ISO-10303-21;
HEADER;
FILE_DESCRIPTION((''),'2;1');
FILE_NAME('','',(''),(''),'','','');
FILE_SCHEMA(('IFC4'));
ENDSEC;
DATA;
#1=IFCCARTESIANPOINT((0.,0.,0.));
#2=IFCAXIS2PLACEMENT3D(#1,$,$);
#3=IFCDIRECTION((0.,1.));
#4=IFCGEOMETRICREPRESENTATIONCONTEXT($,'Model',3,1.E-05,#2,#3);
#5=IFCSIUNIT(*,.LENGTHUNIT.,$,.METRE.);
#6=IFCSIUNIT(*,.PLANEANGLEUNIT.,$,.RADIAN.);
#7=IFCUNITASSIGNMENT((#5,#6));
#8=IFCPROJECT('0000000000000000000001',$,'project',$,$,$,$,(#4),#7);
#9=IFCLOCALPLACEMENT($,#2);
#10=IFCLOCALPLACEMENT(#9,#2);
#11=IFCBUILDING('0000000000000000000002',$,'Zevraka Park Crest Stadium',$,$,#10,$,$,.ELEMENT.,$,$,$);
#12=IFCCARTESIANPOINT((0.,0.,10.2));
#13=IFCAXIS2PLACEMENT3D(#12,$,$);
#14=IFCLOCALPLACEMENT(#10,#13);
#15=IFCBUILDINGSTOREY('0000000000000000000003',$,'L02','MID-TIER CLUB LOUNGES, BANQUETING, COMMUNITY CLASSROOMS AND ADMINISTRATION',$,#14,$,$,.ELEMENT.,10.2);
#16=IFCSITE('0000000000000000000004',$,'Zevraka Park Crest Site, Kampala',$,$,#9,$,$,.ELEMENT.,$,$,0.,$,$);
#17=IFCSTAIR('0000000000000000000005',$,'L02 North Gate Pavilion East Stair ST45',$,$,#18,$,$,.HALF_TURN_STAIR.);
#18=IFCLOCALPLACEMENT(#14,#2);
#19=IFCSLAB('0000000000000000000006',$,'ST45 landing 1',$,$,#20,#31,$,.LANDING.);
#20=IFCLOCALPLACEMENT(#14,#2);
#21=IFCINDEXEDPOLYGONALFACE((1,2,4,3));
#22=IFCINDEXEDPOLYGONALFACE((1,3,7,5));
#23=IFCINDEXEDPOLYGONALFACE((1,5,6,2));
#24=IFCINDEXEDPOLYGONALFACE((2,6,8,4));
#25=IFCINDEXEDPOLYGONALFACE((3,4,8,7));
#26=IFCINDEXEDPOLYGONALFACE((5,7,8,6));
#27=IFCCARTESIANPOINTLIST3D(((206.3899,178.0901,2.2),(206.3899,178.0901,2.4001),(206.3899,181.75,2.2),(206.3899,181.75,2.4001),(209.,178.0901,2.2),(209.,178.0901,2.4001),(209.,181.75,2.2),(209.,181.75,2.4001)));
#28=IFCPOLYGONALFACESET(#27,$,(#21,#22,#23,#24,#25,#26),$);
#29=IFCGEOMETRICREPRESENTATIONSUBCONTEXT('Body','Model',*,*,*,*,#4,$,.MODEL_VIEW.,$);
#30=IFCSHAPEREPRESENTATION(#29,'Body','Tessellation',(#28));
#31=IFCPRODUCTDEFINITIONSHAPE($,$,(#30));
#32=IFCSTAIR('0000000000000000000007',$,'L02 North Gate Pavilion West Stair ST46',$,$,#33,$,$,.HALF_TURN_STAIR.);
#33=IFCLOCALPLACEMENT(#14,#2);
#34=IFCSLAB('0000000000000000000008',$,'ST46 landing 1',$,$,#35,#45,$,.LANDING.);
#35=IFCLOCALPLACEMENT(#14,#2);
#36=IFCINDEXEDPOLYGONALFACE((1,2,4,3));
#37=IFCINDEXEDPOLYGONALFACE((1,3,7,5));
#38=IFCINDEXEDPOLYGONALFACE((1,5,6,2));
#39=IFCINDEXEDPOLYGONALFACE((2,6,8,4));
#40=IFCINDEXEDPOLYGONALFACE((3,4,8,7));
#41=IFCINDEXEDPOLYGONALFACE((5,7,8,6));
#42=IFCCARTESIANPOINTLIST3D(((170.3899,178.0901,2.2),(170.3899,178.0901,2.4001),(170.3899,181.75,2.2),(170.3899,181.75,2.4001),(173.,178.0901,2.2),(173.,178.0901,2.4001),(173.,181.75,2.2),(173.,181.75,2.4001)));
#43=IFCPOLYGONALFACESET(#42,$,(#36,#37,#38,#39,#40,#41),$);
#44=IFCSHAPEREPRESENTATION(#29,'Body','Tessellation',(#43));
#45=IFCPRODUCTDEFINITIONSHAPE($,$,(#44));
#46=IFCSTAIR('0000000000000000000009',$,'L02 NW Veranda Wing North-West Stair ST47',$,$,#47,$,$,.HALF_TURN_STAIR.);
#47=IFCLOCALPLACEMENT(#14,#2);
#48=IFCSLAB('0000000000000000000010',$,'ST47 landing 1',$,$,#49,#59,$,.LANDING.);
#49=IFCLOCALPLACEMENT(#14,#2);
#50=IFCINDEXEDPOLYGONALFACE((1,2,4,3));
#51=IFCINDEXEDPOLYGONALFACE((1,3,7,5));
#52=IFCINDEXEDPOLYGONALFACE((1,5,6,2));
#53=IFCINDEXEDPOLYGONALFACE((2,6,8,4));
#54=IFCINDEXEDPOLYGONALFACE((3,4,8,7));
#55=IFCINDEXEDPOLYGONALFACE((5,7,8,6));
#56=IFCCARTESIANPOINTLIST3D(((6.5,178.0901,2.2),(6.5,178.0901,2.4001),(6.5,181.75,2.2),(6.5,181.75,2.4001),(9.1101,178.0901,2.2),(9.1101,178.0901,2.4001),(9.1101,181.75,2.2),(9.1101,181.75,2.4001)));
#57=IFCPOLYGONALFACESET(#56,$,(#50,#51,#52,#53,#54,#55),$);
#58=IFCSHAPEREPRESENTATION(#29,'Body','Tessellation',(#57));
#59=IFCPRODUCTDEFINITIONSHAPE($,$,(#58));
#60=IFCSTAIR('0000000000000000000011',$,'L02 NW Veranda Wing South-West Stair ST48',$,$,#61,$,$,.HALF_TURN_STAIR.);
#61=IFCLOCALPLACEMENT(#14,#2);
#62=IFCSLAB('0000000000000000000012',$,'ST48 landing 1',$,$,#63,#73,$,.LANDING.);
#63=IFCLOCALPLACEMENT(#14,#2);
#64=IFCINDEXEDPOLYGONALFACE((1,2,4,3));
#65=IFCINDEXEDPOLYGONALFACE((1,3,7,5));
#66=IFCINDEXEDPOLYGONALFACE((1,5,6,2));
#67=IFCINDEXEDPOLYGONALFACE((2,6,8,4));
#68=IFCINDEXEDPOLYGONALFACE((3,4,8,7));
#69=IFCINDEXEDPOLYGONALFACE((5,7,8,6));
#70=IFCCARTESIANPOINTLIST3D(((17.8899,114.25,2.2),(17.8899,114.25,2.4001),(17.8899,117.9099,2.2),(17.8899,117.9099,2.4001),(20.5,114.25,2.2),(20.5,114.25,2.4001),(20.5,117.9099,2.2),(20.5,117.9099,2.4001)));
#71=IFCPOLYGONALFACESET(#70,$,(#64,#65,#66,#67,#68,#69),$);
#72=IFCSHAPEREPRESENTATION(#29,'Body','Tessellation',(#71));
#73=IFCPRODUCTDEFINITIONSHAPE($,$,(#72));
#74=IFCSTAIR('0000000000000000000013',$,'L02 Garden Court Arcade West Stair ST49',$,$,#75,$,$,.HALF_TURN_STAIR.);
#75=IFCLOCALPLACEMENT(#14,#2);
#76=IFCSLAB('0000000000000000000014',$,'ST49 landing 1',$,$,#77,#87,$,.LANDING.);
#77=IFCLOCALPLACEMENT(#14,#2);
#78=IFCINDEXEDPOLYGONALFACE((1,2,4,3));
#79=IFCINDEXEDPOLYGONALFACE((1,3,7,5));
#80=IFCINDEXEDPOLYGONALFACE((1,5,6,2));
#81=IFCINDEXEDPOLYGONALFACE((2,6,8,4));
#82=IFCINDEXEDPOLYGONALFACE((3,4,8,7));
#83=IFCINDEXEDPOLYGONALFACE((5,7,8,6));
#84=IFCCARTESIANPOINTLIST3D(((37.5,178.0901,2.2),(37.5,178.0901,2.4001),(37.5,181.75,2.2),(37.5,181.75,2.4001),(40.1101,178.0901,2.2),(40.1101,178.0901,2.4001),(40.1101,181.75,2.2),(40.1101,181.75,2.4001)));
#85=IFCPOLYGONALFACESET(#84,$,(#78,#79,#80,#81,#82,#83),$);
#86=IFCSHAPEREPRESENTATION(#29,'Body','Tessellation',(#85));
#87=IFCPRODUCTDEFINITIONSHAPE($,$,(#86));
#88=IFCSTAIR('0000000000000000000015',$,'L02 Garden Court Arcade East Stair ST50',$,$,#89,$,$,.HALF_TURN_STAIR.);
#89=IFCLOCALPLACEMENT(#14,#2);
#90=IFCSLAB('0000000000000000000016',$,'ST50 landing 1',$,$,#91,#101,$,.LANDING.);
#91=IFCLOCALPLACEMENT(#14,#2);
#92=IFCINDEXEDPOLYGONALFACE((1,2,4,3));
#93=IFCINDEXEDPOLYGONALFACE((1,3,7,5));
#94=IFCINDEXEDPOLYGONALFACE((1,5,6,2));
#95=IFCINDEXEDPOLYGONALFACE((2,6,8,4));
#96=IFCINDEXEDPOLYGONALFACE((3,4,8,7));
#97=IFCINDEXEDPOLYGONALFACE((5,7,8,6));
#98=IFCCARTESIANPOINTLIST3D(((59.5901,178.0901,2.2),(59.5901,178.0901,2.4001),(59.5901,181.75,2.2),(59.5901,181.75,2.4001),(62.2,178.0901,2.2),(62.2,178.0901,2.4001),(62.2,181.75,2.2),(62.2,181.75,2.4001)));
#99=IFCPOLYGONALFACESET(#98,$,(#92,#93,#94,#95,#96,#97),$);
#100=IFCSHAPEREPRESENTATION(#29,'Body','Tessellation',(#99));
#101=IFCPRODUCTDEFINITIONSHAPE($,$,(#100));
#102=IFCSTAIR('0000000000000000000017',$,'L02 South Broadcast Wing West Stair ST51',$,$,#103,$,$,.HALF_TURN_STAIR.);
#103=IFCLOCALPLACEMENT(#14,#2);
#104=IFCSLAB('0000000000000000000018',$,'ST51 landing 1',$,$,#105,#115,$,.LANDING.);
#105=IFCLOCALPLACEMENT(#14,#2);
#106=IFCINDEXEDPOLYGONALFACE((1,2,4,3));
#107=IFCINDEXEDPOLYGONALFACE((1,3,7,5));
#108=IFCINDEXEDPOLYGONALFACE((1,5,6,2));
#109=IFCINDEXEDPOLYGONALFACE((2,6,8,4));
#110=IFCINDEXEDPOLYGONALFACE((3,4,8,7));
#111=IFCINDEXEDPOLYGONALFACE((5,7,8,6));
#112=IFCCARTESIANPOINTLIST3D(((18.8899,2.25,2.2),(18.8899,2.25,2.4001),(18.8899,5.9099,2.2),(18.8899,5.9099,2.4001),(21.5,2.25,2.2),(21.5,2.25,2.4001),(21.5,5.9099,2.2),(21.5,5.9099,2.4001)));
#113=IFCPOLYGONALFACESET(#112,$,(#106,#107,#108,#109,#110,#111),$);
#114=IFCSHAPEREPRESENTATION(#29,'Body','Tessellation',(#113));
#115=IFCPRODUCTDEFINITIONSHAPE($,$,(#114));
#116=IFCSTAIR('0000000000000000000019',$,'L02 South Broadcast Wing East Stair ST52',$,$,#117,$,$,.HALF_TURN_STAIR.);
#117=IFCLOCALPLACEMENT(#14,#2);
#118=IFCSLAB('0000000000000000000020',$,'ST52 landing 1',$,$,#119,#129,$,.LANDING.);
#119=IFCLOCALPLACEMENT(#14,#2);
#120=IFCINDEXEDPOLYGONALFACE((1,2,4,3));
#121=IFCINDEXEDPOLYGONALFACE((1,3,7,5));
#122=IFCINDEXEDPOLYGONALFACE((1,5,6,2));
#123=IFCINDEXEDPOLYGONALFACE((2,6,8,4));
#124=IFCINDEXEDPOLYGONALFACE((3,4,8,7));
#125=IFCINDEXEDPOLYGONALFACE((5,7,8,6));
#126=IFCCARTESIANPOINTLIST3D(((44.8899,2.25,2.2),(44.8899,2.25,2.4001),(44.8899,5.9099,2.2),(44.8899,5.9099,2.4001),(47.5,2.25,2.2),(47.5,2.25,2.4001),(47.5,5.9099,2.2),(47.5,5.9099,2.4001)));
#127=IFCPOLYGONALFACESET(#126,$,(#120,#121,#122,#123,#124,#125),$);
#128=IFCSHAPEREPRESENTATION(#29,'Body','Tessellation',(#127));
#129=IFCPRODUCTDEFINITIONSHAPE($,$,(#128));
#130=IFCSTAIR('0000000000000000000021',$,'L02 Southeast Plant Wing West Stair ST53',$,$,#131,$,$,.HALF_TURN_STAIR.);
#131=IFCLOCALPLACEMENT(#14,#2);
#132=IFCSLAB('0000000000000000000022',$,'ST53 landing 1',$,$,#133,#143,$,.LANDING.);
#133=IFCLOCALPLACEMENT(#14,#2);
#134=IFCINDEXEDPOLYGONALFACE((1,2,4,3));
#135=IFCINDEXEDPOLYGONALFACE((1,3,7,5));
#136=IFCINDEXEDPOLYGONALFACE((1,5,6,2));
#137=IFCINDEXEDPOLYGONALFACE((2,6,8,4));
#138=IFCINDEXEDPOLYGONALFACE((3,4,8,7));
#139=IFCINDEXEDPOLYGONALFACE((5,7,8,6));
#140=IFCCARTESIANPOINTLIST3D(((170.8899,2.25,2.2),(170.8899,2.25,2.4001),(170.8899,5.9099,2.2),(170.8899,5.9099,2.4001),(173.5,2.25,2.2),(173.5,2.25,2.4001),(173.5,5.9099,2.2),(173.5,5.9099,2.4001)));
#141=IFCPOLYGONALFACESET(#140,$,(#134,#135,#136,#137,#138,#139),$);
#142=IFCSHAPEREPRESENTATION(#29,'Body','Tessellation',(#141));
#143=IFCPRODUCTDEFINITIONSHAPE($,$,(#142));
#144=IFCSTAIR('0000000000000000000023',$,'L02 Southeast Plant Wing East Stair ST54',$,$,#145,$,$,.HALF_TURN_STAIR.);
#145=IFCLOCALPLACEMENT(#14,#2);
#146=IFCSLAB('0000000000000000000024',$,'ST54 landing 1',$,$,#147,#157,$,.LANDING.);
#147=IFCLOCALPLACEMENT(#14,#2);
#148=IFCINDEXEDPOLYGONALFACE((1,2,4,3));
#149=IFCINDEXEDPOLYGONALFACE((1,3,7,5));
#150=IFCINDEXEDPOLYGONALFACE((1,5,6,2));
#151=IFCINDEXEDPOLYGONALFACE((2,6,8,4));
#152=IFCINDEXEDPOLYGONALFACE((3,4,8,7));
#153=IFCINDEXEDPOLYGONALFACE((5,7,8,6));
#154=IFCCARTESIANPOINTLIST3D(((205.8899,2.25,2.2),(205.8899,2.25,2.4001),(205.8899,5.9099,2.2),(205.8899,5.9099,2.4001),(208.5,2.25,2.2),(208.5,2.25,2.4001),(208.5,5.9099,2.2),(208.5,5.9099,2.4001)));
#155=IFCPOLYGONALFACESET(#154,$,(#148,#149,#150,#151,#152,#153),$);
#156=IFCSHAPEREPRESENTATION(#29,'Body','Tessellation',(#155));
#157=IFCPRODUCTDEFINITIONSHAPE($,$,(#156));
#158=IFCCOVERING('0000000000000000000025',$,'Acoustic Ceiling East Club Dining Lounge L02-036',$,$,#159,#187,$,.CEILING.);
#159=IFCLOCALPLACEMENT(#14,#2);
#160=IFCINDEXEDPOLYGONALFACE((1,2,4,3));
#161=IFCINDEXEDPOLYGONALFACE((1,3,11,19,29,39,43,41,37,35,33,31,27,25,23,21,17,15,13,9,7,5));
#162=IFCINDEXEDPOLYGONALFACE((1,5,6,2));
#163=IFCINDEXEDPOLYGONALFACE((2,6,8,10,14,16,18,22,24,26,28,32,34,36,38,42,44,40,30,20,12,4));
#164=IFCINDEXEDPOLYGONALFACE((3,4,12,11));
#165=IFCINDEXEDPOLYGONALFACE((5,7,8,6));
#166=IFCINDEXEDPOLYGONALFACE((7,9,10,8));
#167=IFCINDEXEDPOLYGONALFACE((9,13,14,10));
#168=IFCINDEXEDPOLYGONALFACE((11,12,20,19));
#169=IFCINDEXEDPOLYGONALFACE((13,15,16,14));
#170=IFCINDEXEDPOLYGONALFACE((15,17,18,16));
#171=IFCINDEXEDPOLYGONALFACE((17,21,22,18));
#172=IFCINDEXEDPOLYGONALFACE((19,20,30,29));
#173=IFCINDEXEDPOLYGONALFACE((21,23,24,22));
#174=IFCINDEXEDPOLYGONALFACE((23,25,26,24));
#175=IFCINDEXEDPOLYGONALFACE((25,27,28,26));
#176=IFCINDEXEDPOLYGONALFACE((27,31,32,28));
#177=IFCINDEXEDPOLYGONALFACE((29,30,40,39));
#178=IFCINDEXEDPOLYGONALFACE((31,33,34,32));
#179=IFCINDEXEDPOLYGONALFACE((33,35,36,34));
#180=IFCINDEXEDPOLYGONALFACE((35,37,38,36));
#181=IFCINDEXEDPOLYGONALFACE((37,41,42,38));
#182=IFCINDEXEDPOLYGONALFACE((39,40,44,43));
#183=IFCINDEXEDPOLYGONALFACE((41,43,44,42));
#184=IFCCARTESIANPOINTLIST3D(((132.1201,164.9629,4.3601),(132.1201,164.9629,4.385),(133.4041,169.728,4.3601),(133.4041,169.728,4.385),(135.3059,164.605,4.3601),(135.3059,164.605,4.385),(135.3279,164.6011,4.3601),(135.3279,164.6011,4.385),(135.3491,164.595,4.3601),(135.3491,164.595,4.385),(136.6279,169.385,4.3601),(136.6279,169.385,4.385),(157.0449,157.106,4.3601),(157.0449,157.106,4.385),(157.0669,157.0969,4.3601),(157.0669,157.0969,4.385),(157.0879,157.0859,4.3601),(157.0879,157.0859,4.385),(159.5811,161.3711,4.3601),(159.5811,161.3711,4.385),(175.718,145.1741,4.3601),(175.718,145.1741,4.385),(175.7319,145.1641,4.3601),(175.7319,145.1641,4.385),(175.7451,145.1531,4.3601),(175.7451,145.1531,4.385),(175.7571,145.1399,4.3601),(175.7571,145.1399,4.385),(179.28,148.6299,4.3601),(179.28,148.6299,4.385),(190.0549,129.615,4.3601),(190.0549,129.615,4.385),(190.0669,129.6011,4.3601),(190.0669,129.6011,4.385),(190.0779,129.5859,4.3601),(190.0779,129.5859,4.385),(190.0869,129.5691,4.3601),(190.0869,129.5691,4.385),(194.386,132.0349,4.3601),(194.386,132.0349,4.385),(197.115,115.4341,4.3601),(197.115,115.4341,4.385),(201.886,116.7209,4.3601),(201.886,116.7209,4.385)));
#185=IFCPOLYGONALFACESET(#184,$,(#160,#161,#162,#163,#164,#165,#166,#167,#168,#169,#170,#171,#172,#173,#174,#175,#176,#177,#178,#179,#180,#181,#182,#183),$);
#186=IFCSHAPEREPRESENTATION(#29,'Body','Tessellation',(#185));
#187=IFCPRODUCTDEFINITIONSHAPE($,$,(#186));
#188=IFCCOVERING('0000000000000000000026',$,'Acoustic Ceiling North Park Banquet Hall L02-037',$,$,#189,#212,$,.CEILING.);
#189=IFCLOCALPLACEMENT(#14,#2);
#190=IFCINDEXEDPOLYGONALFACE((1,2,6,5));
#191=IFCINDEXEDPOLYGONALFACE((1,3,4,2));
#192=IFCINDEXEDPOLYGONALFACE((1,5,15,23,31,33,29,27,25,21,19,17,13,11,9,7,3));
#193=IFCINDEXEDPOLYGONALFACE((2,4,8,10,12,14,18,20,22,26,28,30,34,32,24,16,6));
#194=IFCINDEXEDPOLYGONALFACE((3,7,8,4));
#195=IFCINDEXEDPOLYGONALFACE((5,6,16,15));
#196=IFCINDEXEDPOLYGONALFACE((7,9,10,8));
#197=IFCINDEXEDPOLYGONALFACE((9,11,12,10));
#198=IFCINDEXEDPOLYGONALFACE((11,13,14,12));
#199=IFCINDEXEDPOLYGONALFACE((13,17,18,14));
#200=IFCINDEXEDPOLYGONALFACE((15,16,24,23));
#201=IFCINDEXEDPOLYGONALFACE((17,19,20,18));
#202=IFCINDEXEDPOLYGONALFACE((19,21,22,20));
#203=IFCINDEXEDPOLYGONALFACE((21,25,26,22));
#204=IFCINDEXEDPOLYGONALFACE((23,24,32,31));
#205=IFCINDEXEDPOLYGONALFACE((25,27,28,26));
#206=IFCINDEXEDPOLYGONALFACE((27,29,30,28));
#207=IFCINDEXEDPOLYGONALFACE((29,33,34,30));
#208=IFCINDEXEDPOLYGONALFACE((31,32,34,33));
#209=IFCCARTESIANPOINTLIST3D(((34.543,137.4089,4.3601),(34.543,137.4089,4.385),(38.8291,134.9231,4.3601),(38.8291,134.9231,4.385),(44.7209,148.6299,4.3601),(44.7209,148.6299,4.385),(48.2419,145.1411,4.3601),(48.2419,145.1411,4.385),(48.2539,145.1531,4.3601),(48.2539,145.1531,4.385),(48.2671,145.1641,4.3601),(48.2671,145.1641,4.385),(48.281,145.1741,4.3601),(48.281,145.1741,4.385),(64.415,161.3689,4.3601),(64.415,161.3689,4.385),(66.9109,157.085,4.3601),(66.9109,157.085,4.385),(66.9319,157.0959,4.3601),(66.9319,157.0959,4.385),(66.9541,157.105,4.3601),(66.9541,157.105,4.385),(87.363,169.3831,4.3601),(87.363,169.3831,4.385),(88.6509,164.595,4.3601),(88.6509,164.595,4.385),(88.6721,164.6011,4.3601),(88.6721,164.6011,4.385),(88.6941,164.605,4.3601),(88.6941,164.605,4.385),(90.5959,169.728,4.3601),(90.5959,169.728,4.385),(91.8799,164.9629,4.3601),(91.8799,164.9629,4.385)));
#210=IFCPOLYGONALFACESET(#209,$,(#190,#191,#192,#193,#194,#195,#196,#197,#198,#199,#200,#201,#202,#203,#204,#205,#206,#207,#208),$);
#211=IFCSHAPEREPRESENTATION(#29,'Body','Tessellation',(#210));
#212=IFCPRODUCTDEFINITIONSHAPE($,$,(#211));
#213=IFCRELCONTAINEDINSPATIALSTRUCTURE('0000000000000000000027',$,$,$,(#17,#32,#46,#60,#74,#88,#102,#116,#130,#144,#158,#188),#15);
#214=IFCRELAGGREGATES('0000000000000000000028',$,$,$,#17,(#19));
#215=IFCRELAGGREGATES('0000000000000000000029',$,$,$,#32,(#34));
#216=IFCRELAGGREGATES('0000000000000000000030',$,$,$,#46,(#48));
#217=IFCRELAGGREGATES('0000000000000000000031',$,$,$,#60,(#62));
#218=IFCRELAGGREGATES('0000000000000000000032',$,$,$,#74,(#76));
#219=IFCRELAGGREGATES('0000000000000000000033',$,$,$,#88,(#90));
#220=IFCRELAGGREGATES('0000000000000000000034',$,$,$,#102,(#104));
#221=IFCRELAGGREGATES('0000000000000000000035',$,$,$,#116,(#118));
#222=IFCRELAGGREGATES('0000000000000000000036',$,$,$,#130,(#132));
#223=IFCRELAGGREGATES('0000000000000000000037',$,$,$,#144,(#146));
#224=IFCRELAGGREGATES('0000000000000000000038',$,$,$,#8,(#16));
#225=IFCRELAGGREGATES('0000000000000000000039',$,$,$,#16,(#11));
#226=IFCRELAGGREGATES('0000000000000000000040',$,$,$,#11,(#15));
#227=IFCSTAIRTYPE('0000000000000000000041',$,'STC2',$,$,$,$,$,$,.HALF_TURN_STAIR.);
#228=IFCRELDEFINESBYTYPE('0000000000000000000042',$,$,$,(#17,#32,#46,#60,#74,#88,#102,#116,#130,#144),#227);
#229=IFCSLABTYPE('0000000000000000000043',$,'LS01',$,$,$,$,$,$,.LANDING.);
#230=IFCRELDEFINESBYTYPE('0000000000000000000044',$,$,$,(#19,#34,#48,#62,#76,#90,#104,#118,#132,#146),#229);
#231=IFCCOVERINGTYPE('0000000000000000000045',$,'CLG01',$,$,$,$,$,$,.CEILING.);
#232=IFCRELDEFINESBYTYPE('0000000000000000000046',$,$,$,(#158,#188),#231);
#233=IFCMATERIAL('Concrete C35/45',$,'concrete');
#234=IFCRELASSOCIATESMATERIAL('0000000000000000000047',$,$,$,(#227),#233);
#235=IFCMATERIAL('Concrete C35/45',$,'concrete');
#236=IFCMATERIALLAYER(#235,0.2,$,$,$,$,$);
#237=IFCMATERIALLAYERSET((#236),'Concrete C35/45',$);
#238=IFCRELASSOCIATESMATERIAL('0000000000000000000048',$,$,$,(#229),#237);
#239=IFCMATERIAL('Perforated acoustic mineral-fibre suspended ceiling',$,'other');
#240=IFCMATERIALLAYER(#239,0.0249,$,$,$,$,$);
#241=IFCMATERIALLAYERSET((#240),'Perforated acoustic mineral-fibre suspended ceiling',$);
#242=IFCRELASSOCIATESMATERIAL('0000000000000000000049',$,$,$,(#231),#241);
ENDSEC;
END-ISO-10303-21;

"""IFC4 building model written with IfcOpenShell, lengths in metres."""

from ifc_helpers import new_model, si_unit, direction, frame, origin, place, context, subcontext, project, spatial, polyline, outline, extrude, material, layer, layer_set, type_object, element, aggregate, save


model = new_model("IFC4")

# Units and contexts
model_context = context("Model", 3, precision=1e-05, world=origin(), true_north=direction((0.0, 1.0)))
body_context = subcontext(model_context, "Body", "Model", "MODEL_VIEW")
ifc_project = project(units=[si_unit("LENGTHUNIT", "METRE"), si_unit("PLANEANGLEUNIT", "RADIAN")], contexts=[model_context])

# Site, building, storey
site_placement = place(None, origin())
site = spatial("IfcSite", under=ifc_project, at=site_placement, Name="Zevraka Park Crest Site, Kampala", CompositionType="ELEMENT", RefElevation=0.0)
building_placement = place(site_placement, origin())
building = spatial("IfcBuilding", under=site, at=building_placement, Name="Zevraka Park Crest Stadium", CompositionType="ELEMENT")
storey_placement = place(building_placement, frame((0.0, 0.0, 10.2)))
storey = spatial("IfcBuildingStorey", under=building, at=storey_placement, Name="L02", Description="MID-TIER CLUB LOUNGES, BANQUETING, COMMUNITY CLASSROOMS AND ADMINISTRATION", CompositionType="ELEMENT", Elevation=10.2)

# Stairs, slabs
ifc_material_1 = material(Name="Concrete C35/45", Category="concrete")
stair_type = type_object("IfcStairType", Name="STC2", PredefinedType="HALF_TURN_STAIR", material=ifc_material_1)
stair_1_placement = place(storey_placement, origin())
stair_1 = element("IfcStair", 1, at=stair_1_placement, inside=storey, type_object=stair_type, Name="L02 North Gate Pavilion East Stair ST45", PredefinedType="HALF_TURN_STAIR")
ifc_material_2 = material(Name="Concrete C35/45", Category="concrete")
ifc_layer_1 = layer(ifc_material_2, 0.2)
ifc_layer_set_1 = layer_set([ifc_layer_1], Name="Concrete C35/45")
slab_type = type_object("IfcSlabType", Name="LS01", PredefinedType="LANDING", material=ifc_layer_set_1)
slab_1_placement = place(storey_placement, frame((0.0, 0.0, 2.2)))
slab_1 = element("IfcSlab", 2, at=slab_1_placement, type_object=slab_type, Name="ST45 landing 1", PredefinedType="LANDING", context=body_context, shape_type="SweptSolid", body=[
    extrude(outline(polyline([(206.3899, 178.0901), (209.0, 178.0901), (209.0, 181.75), (206.3899, 181.75), (206.3899, 178.0901)])), origin(), (0.0, 0.0, 1.0), 0.2002),
])
aggregate(stair_1, [slab_1])
stair_2_placement = place(storey_placement, origin())
stair_2 = element("IfcStair", 3, at=stair_2_placement, inside=storey, type_object=stair_type, Name="L02 North Gate Pavilion West Stair ST46", PredefinedType="HALF_TURN_STAIR")
slab_2_placement = place(storey_placement, frame((0.0, 0.0, 2.2)))
slab_2 = element("IfcSlab", 4, at=slab_2_placement, type_object=slab_type, Name="ST46 landing 1", PredefinedType="LANDING", context=body_context, shape_type="SweptSolid", body=[
    extrude(outline(polyline([(170.3899, 178.0901), (173.0, 178.0901), (173.0, 181.75), (170.3899, 181.75), (170.3899, 178.0901)])), origin(), (0.0, 0.0, 1.0), 0.2002),
])
aggregate(stair_2, [slab_2])
stair_3_placement = place(storey_placement, origin())
stair_3 = element("IfcStair", 5, at=stair_3_placement, inside=storey, type_object=stair_type, Name="L02 NW Veranda Wing North-West Stair ST47", PredefinedType="HALF_TURN_STAIR")
slab_3_placement = place(storey_placement, frame((0.0, 0.0, 2.2)))
slab_3 = element("IfcSlab", 6, at=slab_3_placement, type_object=slab_type, Name="ST47 landing 1", PredefinedType="LANDING", context=body_context, shape_type="SweptSolid", body=[
    extrude(outline(polyline([(9.1101, 181.75), (6.5, 181.75), (6.5, 178.0901), (9.1101, 178.0901), (9.1101, 181.75)])), origin(), (0.0, 0.0, 1.0), 0.2002),
])
aggregate(stair_3, [slab_3])
stair_4_placement = place(storey_placement, origin())
stair_4 = element("IfcStair", 7, at=stair_4_placement, inside=storey, type_object=stair_type, Name="L02 NW Veranda Wing South-West Stair ST48", PredefinedType="HALF_TURN_STAIR")
slab_4_placement = place(storey_placement, frame((0.0, 0.0, 2.2)))
slab_4 = element("IfcSlab", 8, at=slab_4_placement, type_object=slab_type, Name="ST48 landing 1", PredefinedType="LANDING", context=body_context, shape_type="SweptSolid", body=[
    extrude(outline(polyline([(17.8899, 114.25), (20.5, 114.25), (20.5, 117.9099), (17.8899, 117.9099), (17.8899, 114.25)])), origin(), (0.0, 0.0, 1.0), 0.2002),
])
aggregate(stair_4, [slab_4])
stair_5_placement = place(storey_placement, origin())
stair_5 = element("IfcStair", 9, at=stair_5_placement, inside=storey, type_object=stair_type, Name="L02 Garden Court Arcade West Stair ST49", PredefinedType="HALF_TURN_STAIR")
slab_5_placement = place(storey_placement, frame((0.0, 0.0, 2.2)))
slab_5 = element("IfcSlab", 10, at=slab_5_placement, type_object=slab_type, Name="ST49 landing 1", PredefinedType="LANDING", context=body_context, shape_type="SweptSolid", body=[
    extrude(outline(polyline([(40.1101, 181.75), (37.5, 181.75), (37.5, 178.0901), (40.1101, 178.0901), (40.1101, 181.75)])), origin(), (0.0, 0.0, 1.0), 0.2002),
])
aggregate(stair_5, [slab_5])
stair_6_placement = place(storey_placement, origin())
stair_6 = element("IfcStair", 11, at=stair_6_placement, inside=storey, type_object=stair_type, Name="L02 Garden Court Arcade East Stair ST50", PredefinedType="HALF_TURN_STAIR")
slab_6_placement = place(storey_placement, frame((0.0, 0.0, 2.2)))
slab_6 = element("IfcSlab", 12, at=slab_6_placement, type_object=slab_type, Name="ST50 landing 1", PredefinedType="LANDING", context=body_context, shape_type="SweptSolid", body=[
    extrude(outline(polyline([(59.5901, 178.0901), (62.2, 178.0901), (62.2, 181.75), (59.5901, 181.75), (59.5901, 178.0901)])), origin(), (0.0, 0.0, 1.0), 0.2002),
])
aggregate(stair_6, [slab_6])
stair_7_placement = place(storey_placement, origin())
stair_7 = element("IfcStair", 13, at=stair_7_placement, inside=storey, type_object=stair_type, Name="L02 South Broadcast Wing West Stair ST51", PredefinedType="HALF_TURN_STAIR")
slab_7_placement = place(storey_placement, frame((0.0, 0.0, 2.2)))
slab_7 = element("IfcSlab", 14, at=slab_7_placement, type_object=slab_type, Name="ST51 landing 1", PredefinedType="LANDING", context=body_context, shape_type="SweptSolid", body=[
    extrude(outline(polyline([(18.8899, 2.25), (21.5, 2.25), (21.5, 5.9099), (18.8899, 5.9099), (18.8899, 2.25)])), origin(), (0.0, 0.0, 1.0), 0.2002),
])
aggregate(stair_7, [slab_7])
stair_8_placement = place(storey_placement, origin())
stair_8 = element("IfcStair", 15, at=stair_8_placement, inside=storey, type_object=stair_type, Name="L02 South Broadcast Wing East Stair ST52", PredefinedType="HALF_TURN_STAIR")
slab_8_placement = place(storey_placement, frame((0.0, 0.0, 2.2)))
slab_8 = element("IfcSlab", 16, at=slab_8_placement, type_object=slab_type, Name="ST52 landing 1", PredefinedType="LANDING", context=body_context, shape_type="SweptSolid", body=[
    extrude(outline(polyline([(44.8899, 2.25), (47.5, 2.25), (47.5, 5.9099), (44.8899, 5.9099), (44.8899, 2.25)])), origin(), (0.0, 0.0, 1.0), 0.2002),
])
aggregate(stair_8, [slab_8])
stair_9_placement = place(storey_placement, origin())
stair_9 = element("IfcStair", 17, at=stair_9_placement, inside=storey, type_object=stair_type, Name="L02 Southeast Plant Wing West Stair ST53", PredefinedType="HALF_TURN_STAIR")
slab_9_placement = place(storey_placement, frame((0.0, 0.0, 2.2)))
slab_9 = element("IfcSlab", 18, at=slab_9_placement, type_object=slab_type, Name="ST53 landing 1", PredefinedType="LANDING", context=body_context, shape_type="SweptSolid", body=[
    extrude(outline(polyline([(170.8899, 2.25), (173.5, 2.25), (173.5, 5.9099), (170.8899, 5.9099), (170.8899, 2.25)])), origin(), (0.0, 0.0, 1.0), 0.2002),
])
aggregate(stair_9, [slab_9])
stair_10_placement = place(storey_placement, origin())
stair_10 = element("IfcStair", 19, at=stair_10_placement, inside=storey, type_object=stair_type, Name="L02 Southeast Plant Wing East Stair ST54", PredefinedType="HALF_TURN_STAIR")
slab_10_placement = place(storey_placement, frame((0.0, 0.0, 2.2)))
slab_10 = element("IfcSlab", 20, at=slab_10_placement, type_object=slab_type, Name="ST54 landing 1", PredefinedType="LANDING", context=body_context, shape_type="SweptSolid", body=[
    extrude(outline(polyline([(205.8899, 2.25), (208.5, 2.25), (208.5, 5.9099), (205.8899, 5.9099), (205.8899, 2.25)])), origin(), (0.0, 0.0, 1.0), 0.2002),
])
aggregate(stair_10, [slab_10])

# Coverings
ifc_material_3 = material(Name="Perforated acoustic mineral-fibre suspended ceiling", Category="other")
ifc_layer_2 = layer(ifc_material_3, 0.0249)
ifc_layer_set_2 = layer_set([ifc_layer_2], Name="Perforated acoustic mineral-fibre suspended ceiling")
covering_type_1 = type_object("IfcCoveringType", Name="CLG01", PredefinedType="CEILING", material=ifc_layer_set_2)
covering_1_placement = place(storey_placement, frame((0.0, 0.0, 4.3601)))
element("IfcCovering", 21, at=covering_1_placement, inside=storey, type_object=covering_type_1, Name="Acoustic Ceiling East Club Dining Lounge L02-036", PredefinedType="CEILING", context=body_context, shape_type="SweptSolid", body=[
    extrude(outline(polyline([(136.6279, 169.385), (159.5811, 161.3711), (179.28, 148.6299), (194.386, 132.0349), (201.886, 116.7209), (197.115, 115.4341), (190.0869, 129.5691), (190.0779, 129.5859), (190.0669, 129.6011), (190.0549, 129.615), (175.7571, 145.1399), (175.7451, 145.1531), (175.7319, 145.1641), (175.718, 145.1741), (157.0879, 157.0859), (157.0669, 157.0969), (157.0449, 157.106), (135.3491, 164.595), (135.3279, 164.6011), (135.3059, 164.605), (132.1201, 164.9629), (133.4041, 169.728), (136.6279, 169.385)])), origin(), (0.0, 0.0, 1.0), 0.0249),
])
covering_2_placement = place(storey_placement, frame((0.0, 0.0, 4.3601)))
element("IfcCovering", 22, at=covering_2_placement, inside=storey, type_object=covering_type_1, Name="Acoustic Ceiling North Park Banquet Hall L02-037", PredefinedType="CEILING", context=body_context, shape_type="SweptSolid", body=[
    extrude(outline(polyline([(87.363, 169.3831), (90.5959, 169.728), (91.8799, 164.9629), (88.6941, 164.605), (88.6721, 164.6011), (88.6509, 164.595), (66.9541, 157.105), (66.9319, 157.0959), (66.9109, 157.085), (48.281, 145.1741), (48.2671, 145.1641), (48.2539, 145.1531), (48.2419, 145.1411), (38.8291, 134.9231), (34.543, 137.4089), (44.7209, 148.6299), (64.415, 161.3689), (87.363, 169.3831)])), origin(), (0.0, 0.0, 1.0), 0.0249),
])

save(model, "model.ifc")
